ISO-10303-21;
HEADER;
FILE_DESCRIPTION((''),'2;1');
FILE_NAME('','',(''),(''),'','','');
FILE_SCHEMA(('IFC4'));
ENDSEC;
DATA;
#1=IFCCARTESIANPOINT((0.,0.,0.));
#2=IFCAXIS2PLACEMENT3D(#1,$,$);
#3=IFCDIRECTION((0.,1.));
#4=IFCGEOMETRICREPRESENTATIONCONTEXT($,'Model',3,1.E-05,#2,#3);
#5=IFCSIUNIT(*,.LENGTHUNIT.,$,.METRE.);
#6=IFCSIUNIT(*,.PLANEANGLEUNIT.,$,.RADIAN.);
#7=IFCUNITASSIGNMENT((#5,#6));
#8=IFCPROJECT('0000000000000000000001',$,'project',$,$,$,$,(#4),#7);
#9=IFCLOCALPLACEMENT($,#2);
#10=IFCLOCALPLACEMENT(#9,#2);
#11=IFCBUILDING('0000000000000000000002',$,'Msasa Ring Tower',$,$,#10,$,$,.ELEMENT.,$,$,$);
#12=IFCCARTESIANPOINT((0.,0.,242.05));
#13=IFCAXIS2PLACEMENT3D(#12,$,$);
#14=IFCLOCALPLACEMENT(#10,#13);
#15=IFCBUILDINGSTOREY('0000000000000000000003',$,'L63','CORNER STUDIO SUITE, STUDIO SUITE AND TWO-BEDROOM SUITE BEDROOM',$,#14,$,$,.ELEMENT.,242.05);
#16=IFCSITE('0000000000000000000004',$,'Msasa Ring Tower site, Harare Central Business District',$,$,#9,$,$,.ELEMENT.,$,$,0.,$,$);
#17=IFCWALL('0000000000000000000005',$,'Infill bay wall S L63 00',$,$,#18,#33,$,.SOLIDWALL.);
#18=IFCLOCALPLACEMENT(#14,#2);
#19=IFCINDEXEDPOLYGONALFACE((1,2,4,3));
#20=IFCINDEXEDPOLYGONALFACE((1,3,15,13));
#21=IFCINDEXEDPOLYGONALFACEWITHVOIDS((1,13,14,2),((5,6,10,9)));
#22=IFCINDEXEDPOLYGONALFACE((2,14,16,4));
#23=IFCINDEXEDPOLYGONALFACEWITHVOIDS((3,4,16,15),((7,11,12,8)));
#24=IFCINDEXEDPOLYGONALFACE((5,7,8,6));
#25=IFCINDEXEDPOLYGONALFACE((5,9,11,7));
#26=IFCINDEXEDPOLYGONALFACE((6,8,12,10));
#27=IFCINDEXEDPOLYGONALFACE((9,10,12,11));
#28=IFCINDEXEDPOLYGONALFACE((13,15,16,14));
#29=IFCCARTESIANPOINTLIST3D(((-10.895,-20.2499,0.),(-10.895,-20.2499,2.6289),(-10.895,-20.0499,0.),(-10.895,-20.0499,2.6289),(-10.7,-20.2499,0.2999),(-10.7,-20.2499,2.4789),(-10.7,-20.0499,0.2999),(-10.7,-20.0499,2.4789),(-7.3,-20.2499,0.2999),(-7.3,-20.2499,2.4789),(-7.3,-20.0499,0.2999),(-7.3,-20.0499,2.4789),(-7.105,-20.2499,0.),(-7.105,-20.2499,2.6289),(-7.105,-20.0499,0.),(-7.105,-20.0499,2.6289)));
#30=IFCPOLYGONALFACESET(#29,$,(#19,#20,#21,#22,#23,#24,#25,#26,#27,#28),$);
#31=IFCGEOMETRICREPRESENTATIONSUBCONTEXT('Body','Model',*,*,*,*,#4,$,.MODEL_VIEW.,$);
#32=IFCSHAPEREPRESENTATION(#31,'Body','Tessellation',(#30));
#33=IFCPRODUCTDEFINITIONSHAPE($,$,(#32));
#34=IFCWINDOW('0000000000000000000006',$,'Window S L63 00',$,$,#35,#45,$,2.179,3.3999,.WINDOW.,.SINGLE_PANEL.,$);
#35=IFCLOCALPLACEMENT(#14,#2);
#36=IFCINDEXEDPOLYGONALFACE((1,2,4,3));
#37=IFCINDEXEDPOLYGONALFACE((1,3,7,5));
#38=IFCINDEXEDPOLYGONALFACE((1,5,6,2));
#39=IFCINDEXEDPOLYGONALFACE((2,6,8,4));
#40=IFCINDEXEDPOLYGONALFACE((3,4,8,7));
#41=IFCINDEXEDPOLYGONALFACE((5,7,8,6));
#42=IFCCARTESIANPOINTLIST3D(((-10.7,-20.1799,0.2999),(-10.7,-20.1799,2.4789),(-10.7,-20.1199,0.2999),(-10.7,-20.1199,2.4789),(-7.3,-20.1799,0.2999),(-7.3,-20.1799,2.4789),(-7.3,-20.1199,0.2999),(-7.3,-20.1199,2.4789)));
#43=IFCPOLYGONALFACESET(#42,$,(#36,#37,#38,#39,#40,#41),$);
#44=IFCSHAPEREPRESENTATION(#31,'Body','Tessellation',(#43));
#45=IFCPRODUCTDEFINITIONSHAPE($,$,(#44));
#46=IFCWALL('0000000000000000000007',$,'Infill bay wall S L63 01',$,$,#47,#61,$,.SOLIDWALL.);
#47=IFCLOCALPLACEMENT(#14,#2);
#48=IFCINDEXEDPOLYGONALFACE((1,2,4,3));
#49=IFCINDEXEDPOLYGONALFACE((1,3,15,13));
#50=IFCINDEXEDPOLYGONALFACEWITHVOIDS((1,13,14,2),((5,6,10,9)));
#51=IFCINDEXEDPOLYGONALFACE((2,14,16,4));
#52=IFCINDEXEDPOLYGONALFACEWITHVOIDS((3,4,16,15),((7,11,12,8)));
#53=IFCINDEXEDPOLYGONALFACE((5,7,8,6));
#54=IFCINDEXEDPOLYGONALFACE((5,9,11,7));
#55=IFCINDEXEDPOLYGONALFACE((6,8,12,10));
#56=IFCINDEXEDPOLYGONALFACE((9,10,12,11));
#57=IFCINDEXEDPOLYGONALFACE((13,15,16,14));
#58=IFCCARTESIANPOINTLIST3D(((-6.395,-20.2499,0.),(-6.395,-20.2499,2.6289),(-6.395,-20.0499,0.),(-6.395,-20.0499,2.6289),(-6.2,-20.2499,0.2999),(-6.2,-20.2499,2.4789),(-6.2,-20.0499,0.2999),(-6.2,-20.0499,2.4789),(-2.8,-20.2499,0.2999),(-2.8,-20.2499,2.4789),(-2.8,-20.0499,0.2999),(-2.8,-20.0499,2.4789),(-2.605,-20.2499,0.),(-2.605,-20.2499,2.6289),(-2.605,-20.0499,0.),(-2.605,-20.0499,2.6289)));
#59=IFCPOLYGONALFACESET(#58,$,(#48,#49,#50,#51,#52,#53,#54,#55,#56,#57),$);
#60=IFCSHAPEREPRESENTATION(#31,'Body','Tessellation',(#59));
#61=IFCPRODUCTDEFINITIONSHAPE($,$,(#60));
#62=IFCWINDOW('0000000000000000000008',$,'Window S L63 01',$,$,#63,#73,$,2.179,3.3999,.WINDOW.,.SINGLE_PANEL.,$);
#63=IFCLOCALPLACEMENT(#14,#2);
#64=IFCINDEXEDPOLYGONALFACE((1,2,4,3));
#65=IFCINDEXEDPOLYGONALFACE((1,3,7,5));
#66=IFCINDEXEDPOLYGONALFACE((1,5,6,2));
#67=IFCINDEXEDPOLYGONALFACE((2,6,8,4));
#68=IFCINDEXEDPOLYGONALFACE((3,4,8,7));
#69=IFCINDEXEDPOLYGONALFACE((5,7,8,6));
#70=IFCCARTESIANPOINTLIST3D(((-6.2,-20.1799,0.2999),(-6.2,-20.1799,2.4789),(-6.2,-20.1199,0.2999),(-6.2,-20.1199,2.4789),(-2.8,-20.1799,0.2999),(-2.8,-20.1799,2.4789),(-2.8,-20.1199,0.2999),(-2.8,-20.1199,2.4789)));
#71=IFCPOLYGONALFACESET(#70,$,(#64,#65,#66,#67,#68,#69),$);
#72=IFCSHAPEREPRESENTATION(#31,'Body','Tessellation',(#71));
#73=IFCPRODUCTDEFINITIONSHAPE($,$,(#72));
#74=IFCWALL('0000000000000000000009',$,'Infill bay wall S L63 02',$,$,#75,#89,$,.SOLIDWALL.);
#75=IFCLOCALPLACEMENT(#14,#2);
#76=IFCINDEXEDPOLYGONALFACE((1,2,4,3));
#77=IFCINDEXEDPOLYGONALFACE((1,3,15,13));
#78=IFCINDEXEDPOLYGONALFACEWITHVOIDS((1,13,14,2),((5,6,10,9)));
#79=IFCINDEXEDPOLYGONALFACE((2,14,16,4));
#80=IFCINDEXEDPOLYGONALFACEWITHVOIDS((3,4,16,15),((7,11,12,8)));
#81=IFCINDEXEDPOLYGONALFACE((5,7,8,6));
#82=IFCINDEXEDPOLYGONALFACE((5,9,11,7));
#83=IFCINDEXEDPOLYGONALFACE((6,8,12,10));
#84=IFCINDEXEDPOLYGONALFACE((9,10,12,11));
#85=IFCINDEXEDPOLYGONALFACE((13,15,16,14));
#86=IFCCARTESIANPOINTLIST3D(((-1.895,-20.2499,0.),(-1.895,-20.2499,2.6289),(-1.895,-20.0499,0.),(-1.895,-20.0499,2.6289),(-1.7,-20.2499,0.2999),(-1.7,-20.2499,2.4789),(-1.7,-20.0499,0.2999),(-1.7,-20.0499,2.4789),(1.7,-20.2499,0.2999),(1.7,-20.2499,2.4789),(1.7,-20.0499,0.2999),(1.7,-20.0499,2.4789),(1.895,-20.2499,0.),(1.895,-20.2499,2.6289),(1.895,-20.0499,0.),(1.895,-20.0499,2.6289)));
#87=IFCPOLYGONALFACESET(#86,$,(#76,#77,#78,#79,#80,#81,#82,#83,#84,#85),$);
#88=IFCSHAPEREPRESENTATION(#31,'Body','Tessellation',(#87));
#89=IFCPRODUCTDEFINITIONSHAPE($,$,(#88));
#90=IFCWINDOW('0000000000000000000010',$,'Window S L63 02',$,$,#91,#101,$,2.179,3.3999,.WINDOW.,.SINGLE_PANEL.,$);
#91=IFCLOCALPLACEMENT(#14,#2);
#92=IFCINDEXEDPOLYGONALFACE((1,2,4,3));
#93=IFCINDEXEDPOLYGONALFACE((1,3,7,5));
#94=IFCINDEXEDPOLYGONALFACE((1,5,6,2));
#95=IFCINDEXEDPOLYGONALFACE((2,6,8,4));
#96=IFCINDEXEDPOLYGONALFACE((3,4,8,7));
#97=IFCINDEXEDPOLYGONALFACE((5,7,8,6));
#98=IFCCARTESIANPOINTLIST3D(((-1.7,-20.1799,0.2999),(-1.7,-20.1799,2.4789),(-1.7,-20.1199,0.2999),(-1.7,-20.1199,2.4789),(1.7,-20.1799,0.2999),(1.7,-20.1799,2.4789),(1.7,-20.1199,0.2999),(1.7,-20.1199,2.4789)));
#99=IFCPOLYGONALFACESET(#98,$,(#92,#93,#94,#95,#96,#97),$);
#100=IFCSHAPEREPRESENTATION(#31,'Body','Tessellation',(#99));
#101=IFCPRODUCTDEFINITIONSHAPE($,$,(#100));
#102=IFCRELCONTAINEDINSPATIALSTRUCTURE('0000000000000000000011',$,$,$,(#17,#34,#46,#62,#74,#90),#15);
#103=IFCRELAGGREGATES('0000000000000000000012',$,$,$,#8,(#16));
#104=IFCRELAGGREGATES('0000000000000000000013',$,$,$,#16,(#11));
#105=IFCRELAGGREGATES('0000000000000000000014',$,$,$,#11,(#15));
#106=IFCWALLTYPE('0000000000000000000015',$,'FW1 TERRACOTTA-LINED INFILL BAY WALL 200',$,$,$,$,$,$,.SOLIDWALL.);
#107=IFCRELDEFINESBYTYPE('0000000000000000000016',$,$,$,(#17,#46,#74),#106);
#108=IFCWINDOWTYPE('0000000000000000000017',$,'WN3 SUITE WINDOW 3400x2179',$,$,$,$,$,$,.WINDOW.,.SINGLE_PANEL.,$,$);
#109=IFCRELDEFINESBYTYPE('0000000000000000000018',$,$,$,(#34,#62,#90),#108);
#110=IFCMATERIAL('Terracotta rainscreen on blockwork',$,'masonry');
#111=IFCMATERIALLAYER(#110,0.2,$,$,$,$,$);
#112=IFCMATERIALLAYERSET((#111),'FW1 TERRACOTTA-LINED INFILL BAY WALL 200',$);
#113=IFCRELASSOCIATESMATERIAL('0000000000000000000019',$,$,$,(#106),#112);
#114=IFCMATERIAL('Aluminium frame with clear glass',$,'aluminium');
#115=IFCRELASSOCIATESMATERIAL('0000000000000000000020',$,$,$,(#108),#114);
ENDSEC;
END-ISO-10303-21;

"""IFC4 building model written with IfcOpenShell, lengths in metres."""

from ifc_helpers import new_model, si_unit, direction, frame, frame_2d, origin, place, context, subcontext, project, spatial, rectangle, extrude, material, layer, layer_set, type_object, element, fill, save


model = new_model("IFC4")

# Units and contexts
model_context = context("Model", 3, precision=1e-05, world=origin(), true_north=direction((0.0, 1.0)))
body_context = subcontext(model_context, "Body", "Model", "MODEL_VIEW")
ifc_project = project(units=[si_unit("LENGTHUNIT", "METRE"), si_unit("PLANEANGLEUNIT", "RADIAN")], contexts=[model_context])

# Site, building, storey
site_placement = place(None, origin())
site = spatial("IfcSite", under=ifc_project, at=site_placement, Name="Msasa Ring Tower site, Harare Central Business District", CompositionType="ELEMENT", RefElevation=0.0)
building_placement = place(site_placement, origin())
building = spatial("IfcBuilding", under=site, at=building_placement, Name="Msasa Ring Tower", CompositionType="ELEMENT")
storey_placement = place(building_placement, frame((0.0, 0.0, 242.05)))
storey = spatial("IfcBuildingStorey", under=building, at=storey_placement, Name="L63", Description="CORNER STUDIO SUITE, STUDIO SUITE AND TWO-BEDROOM SUITE BEDROOM", CompositionType="ELEMENT", Elevation=242.05)

# Walls, openings, windows
ifc_material_1 = material(Name="Terracotta rainscreen on blockwork", Category="masonry")
ifc_layer_1 = layer(ifc_material_1, 0.2)
ifc_layer_set_1 = layer_set([ifc_layer_1], Name="FW1 TERRACOTTA-LINED INFILL BAY WALL 200")
wall_type_1 = type_object("IfcWallType", Name="FW1 TERRACOTTA-LINED INFILL BAY WALL 200", PredefinedType="SOLIDWALL", material=ifc_layer_set_1)
wall_1_placement = place(storey_placement, frame((-10.895, -20.1499, 0.0), z_axis=(0.0, 0.0, 1.0), x_axis=(1.0, 0.0, 0.0)))
wall_1 = element("IfcWall", 1, at=wall_1_placement, inside=storey, type_object=wall_type_1, Name="Infill bay wall S L63 00", PredefinedType="SOLIDWALL", context=body_context, shape_type="SweptSolid", body=[
    extrude(rectangle(XDim=3.79, YDim=0.2, at=frame_2d((1.895, 0.0))), origin(), (0.0, 0.0, 1.0), 2.6289),
])
opening_1_placement = place(wall_1_placement, frame((0.1951, 0.0, 0.3)))
opening_1 = element("IfcOpeningElement", 2, at=opening_1_placement, cuts=wall_1, PredefinedType="OPENING", context=body_context, shape_type="SweptSolid", body=[
    extrude(rectangle(XDim=3.3999, YDim=2.179, at=frame_2d((1.7, 1.0894))), frame((0.0, 0.1099, 0.0), z_axis=(0.0, -1.0, 0.0), x_axis=(1.0, 0.0, 0.0)), (0.0, 0.0, 1.0), 0.22),
])
ifc_material_2 = material(Name="Aluminium frame with clear glass", Category="aluminium")
window_type = type_object("IfcWindowType", Name="WN3 SUITE WINDOW 3400x2179", PartitioningType="SINGLE_PANEL", PredefinedType="WINDOW", material=ifc_material_2)
window_1_placement = place(opening_1_placement, origin())
window_1 = element("IfcWindow", 3, at=window_1_placement, inside=storey, type_object=window_type, Name="Window S L63 00", OverallHeight=2.179, OverallWidth=3.3999, PartitioningType="SINGLE_PANEL", PredefinedType="WINDOW", context=body_context, shape_type="SweptSolid", body=[
    extrude(rectangle(XDim=3.3999, YDim=2.179, at=frame_2d((1.7, 1.0894))), frame((0.0, 0.03, 0.0), z_axis=(0.0, -1.0, 0.0), x_axis=(1.0, 0.0, 0.0)), (0.0, 0.0, 1.0), 0.0601),
])
fill(opening_1, window_1)
wall_2_placement = place(storey_placement, frame((-6.395, -20.1499, 0.0), z_axis=(0.0, 0.0, 1.0), x_axis=(1.0, 0.0, 0.0)))
wall_2 = element("IfcWall", 4, at=wall_2_placement, inside=storey, type_object=wall_type_1, Name="Infill bay wall S L63 01", PredefinedType="SOLIDWALL", context=body_context, shape_type="SweptSolid", body=[
    extrude(rectangle(XDim=3.79, YDim=0.2, at=frame_2d((1.895, 0.0))), origin(), (0.0, 0.0, 1.0), 2.6289),
])
opening_2_placement = place(wall_2_placement, frame((0.1951, 0.0, 0.3)))
opening_2 = element("IfcOpeningElement", 5, at=opening_2_placement, cuts=wall_2, PredefinedType="OPENING", context=body_context, shape_type="SweptSolid", body=[
    extrude(rectangle(XDim=3.3999, YDim=2.179, at=frame_2d((1.7, 1.0894))), frame((0.0, 0.1099, 0.0), z_axis=(0.0, -1.0, 0.0), x_axis=(1.0, 0.0, 0.0)), (0.0, 0.0, 1.0), 0.22),
])
window_2_placement = place(opening_2_placement, origin())
window_2 = element("IfcWindow", 6, at=window_2_placement, inside=storey, type_object=window_type, Name="Window S L63 01", OverallHeight=2.179, OverallWidth=3.3999, PartitioningType="SINGLE_PANEL", PredefinedType="WINDOW", context=body_context, shape_type="SweptSolid", body=[
    extrude(rectangle(XDim=3.3999, YDim=2.179, at=frame_2d((1.7, 1.0894))), frame((0.0, 0.03, 0.0), z_axis=(0.0, -1.0, 0.0), x_axis=(1.0, 0.0, 0.0)), (0.0, 0.0, 1.0), 0.0601),
])
fill(opening_2, window_2)
wall_3_placement = place(storey_placement, frame((-1.895, -20.1499, 0.0), z_axis=(0.0, 0.0, 1.0), x_axis=(1.0, 0.0, 0.0)))
wall_3 = element("IfcWall", 7, at=wall_3_placement, inside=storey, type_object=wall_type_1, Name="Infill bay wall S L63 02", PredefinedType="SOLIDWALL", context=body_context, shape_type="SweptSolid", body=[
    extrude(rectangle(XDim=3.79, YDim=0.2, at=frame_2d((1.895, 0.0))), origin(), (0.0, 0.0, 1.0), 2.6289),
])
opening_3_placement = place(wall_3_placement, frame((0.1951, 0.0, 0.3)))
opening_3 = element("IfcOpeningElement", 8, at=opening_3_placement, cuts=wall_3, PredefinedType="OPENING", context=body_context, shape_type="SweptSolid", body=[
    extrude(rectangle(XDim=3.3999, YDim=2.179, at=frame_2d((1.7, 1.0894))), frame((0.0, 0.1099, 0.0), z_axis=(0.0, -1.0, 0.0), x_axis=(1.0, 0.0, 0.0)), (0.0, 0.0, 1.0), 0.22),
])
window_3_placement = place(opening_3_placement, origin())
window_3 = element("IfcWindow", 9, at=window_3_placement, inside=storey, type_object=window_type, Name="Window S L63 02", OverallHeight=2.179, OverallWidth=3.3999, PartitioningType="SINGLE_PANEL", PredefinedType="WINDOW", context=body_context, shape_type="SweptSolid", body=[
    extrude(rectangle(XDim=3.3999, YDim=2.179, at=frame_2d((1.7, 1.0894))), frame((0.0, 0.03, 0.0), z_axis=(0.0, -1.0, 0.0), x_axis=(1.0, 0.0, 0.0)), (0.0, 0.0, 1.0), 0.0601),
])
fill(opening_3, window_3)

save(model, "model.ifc")
